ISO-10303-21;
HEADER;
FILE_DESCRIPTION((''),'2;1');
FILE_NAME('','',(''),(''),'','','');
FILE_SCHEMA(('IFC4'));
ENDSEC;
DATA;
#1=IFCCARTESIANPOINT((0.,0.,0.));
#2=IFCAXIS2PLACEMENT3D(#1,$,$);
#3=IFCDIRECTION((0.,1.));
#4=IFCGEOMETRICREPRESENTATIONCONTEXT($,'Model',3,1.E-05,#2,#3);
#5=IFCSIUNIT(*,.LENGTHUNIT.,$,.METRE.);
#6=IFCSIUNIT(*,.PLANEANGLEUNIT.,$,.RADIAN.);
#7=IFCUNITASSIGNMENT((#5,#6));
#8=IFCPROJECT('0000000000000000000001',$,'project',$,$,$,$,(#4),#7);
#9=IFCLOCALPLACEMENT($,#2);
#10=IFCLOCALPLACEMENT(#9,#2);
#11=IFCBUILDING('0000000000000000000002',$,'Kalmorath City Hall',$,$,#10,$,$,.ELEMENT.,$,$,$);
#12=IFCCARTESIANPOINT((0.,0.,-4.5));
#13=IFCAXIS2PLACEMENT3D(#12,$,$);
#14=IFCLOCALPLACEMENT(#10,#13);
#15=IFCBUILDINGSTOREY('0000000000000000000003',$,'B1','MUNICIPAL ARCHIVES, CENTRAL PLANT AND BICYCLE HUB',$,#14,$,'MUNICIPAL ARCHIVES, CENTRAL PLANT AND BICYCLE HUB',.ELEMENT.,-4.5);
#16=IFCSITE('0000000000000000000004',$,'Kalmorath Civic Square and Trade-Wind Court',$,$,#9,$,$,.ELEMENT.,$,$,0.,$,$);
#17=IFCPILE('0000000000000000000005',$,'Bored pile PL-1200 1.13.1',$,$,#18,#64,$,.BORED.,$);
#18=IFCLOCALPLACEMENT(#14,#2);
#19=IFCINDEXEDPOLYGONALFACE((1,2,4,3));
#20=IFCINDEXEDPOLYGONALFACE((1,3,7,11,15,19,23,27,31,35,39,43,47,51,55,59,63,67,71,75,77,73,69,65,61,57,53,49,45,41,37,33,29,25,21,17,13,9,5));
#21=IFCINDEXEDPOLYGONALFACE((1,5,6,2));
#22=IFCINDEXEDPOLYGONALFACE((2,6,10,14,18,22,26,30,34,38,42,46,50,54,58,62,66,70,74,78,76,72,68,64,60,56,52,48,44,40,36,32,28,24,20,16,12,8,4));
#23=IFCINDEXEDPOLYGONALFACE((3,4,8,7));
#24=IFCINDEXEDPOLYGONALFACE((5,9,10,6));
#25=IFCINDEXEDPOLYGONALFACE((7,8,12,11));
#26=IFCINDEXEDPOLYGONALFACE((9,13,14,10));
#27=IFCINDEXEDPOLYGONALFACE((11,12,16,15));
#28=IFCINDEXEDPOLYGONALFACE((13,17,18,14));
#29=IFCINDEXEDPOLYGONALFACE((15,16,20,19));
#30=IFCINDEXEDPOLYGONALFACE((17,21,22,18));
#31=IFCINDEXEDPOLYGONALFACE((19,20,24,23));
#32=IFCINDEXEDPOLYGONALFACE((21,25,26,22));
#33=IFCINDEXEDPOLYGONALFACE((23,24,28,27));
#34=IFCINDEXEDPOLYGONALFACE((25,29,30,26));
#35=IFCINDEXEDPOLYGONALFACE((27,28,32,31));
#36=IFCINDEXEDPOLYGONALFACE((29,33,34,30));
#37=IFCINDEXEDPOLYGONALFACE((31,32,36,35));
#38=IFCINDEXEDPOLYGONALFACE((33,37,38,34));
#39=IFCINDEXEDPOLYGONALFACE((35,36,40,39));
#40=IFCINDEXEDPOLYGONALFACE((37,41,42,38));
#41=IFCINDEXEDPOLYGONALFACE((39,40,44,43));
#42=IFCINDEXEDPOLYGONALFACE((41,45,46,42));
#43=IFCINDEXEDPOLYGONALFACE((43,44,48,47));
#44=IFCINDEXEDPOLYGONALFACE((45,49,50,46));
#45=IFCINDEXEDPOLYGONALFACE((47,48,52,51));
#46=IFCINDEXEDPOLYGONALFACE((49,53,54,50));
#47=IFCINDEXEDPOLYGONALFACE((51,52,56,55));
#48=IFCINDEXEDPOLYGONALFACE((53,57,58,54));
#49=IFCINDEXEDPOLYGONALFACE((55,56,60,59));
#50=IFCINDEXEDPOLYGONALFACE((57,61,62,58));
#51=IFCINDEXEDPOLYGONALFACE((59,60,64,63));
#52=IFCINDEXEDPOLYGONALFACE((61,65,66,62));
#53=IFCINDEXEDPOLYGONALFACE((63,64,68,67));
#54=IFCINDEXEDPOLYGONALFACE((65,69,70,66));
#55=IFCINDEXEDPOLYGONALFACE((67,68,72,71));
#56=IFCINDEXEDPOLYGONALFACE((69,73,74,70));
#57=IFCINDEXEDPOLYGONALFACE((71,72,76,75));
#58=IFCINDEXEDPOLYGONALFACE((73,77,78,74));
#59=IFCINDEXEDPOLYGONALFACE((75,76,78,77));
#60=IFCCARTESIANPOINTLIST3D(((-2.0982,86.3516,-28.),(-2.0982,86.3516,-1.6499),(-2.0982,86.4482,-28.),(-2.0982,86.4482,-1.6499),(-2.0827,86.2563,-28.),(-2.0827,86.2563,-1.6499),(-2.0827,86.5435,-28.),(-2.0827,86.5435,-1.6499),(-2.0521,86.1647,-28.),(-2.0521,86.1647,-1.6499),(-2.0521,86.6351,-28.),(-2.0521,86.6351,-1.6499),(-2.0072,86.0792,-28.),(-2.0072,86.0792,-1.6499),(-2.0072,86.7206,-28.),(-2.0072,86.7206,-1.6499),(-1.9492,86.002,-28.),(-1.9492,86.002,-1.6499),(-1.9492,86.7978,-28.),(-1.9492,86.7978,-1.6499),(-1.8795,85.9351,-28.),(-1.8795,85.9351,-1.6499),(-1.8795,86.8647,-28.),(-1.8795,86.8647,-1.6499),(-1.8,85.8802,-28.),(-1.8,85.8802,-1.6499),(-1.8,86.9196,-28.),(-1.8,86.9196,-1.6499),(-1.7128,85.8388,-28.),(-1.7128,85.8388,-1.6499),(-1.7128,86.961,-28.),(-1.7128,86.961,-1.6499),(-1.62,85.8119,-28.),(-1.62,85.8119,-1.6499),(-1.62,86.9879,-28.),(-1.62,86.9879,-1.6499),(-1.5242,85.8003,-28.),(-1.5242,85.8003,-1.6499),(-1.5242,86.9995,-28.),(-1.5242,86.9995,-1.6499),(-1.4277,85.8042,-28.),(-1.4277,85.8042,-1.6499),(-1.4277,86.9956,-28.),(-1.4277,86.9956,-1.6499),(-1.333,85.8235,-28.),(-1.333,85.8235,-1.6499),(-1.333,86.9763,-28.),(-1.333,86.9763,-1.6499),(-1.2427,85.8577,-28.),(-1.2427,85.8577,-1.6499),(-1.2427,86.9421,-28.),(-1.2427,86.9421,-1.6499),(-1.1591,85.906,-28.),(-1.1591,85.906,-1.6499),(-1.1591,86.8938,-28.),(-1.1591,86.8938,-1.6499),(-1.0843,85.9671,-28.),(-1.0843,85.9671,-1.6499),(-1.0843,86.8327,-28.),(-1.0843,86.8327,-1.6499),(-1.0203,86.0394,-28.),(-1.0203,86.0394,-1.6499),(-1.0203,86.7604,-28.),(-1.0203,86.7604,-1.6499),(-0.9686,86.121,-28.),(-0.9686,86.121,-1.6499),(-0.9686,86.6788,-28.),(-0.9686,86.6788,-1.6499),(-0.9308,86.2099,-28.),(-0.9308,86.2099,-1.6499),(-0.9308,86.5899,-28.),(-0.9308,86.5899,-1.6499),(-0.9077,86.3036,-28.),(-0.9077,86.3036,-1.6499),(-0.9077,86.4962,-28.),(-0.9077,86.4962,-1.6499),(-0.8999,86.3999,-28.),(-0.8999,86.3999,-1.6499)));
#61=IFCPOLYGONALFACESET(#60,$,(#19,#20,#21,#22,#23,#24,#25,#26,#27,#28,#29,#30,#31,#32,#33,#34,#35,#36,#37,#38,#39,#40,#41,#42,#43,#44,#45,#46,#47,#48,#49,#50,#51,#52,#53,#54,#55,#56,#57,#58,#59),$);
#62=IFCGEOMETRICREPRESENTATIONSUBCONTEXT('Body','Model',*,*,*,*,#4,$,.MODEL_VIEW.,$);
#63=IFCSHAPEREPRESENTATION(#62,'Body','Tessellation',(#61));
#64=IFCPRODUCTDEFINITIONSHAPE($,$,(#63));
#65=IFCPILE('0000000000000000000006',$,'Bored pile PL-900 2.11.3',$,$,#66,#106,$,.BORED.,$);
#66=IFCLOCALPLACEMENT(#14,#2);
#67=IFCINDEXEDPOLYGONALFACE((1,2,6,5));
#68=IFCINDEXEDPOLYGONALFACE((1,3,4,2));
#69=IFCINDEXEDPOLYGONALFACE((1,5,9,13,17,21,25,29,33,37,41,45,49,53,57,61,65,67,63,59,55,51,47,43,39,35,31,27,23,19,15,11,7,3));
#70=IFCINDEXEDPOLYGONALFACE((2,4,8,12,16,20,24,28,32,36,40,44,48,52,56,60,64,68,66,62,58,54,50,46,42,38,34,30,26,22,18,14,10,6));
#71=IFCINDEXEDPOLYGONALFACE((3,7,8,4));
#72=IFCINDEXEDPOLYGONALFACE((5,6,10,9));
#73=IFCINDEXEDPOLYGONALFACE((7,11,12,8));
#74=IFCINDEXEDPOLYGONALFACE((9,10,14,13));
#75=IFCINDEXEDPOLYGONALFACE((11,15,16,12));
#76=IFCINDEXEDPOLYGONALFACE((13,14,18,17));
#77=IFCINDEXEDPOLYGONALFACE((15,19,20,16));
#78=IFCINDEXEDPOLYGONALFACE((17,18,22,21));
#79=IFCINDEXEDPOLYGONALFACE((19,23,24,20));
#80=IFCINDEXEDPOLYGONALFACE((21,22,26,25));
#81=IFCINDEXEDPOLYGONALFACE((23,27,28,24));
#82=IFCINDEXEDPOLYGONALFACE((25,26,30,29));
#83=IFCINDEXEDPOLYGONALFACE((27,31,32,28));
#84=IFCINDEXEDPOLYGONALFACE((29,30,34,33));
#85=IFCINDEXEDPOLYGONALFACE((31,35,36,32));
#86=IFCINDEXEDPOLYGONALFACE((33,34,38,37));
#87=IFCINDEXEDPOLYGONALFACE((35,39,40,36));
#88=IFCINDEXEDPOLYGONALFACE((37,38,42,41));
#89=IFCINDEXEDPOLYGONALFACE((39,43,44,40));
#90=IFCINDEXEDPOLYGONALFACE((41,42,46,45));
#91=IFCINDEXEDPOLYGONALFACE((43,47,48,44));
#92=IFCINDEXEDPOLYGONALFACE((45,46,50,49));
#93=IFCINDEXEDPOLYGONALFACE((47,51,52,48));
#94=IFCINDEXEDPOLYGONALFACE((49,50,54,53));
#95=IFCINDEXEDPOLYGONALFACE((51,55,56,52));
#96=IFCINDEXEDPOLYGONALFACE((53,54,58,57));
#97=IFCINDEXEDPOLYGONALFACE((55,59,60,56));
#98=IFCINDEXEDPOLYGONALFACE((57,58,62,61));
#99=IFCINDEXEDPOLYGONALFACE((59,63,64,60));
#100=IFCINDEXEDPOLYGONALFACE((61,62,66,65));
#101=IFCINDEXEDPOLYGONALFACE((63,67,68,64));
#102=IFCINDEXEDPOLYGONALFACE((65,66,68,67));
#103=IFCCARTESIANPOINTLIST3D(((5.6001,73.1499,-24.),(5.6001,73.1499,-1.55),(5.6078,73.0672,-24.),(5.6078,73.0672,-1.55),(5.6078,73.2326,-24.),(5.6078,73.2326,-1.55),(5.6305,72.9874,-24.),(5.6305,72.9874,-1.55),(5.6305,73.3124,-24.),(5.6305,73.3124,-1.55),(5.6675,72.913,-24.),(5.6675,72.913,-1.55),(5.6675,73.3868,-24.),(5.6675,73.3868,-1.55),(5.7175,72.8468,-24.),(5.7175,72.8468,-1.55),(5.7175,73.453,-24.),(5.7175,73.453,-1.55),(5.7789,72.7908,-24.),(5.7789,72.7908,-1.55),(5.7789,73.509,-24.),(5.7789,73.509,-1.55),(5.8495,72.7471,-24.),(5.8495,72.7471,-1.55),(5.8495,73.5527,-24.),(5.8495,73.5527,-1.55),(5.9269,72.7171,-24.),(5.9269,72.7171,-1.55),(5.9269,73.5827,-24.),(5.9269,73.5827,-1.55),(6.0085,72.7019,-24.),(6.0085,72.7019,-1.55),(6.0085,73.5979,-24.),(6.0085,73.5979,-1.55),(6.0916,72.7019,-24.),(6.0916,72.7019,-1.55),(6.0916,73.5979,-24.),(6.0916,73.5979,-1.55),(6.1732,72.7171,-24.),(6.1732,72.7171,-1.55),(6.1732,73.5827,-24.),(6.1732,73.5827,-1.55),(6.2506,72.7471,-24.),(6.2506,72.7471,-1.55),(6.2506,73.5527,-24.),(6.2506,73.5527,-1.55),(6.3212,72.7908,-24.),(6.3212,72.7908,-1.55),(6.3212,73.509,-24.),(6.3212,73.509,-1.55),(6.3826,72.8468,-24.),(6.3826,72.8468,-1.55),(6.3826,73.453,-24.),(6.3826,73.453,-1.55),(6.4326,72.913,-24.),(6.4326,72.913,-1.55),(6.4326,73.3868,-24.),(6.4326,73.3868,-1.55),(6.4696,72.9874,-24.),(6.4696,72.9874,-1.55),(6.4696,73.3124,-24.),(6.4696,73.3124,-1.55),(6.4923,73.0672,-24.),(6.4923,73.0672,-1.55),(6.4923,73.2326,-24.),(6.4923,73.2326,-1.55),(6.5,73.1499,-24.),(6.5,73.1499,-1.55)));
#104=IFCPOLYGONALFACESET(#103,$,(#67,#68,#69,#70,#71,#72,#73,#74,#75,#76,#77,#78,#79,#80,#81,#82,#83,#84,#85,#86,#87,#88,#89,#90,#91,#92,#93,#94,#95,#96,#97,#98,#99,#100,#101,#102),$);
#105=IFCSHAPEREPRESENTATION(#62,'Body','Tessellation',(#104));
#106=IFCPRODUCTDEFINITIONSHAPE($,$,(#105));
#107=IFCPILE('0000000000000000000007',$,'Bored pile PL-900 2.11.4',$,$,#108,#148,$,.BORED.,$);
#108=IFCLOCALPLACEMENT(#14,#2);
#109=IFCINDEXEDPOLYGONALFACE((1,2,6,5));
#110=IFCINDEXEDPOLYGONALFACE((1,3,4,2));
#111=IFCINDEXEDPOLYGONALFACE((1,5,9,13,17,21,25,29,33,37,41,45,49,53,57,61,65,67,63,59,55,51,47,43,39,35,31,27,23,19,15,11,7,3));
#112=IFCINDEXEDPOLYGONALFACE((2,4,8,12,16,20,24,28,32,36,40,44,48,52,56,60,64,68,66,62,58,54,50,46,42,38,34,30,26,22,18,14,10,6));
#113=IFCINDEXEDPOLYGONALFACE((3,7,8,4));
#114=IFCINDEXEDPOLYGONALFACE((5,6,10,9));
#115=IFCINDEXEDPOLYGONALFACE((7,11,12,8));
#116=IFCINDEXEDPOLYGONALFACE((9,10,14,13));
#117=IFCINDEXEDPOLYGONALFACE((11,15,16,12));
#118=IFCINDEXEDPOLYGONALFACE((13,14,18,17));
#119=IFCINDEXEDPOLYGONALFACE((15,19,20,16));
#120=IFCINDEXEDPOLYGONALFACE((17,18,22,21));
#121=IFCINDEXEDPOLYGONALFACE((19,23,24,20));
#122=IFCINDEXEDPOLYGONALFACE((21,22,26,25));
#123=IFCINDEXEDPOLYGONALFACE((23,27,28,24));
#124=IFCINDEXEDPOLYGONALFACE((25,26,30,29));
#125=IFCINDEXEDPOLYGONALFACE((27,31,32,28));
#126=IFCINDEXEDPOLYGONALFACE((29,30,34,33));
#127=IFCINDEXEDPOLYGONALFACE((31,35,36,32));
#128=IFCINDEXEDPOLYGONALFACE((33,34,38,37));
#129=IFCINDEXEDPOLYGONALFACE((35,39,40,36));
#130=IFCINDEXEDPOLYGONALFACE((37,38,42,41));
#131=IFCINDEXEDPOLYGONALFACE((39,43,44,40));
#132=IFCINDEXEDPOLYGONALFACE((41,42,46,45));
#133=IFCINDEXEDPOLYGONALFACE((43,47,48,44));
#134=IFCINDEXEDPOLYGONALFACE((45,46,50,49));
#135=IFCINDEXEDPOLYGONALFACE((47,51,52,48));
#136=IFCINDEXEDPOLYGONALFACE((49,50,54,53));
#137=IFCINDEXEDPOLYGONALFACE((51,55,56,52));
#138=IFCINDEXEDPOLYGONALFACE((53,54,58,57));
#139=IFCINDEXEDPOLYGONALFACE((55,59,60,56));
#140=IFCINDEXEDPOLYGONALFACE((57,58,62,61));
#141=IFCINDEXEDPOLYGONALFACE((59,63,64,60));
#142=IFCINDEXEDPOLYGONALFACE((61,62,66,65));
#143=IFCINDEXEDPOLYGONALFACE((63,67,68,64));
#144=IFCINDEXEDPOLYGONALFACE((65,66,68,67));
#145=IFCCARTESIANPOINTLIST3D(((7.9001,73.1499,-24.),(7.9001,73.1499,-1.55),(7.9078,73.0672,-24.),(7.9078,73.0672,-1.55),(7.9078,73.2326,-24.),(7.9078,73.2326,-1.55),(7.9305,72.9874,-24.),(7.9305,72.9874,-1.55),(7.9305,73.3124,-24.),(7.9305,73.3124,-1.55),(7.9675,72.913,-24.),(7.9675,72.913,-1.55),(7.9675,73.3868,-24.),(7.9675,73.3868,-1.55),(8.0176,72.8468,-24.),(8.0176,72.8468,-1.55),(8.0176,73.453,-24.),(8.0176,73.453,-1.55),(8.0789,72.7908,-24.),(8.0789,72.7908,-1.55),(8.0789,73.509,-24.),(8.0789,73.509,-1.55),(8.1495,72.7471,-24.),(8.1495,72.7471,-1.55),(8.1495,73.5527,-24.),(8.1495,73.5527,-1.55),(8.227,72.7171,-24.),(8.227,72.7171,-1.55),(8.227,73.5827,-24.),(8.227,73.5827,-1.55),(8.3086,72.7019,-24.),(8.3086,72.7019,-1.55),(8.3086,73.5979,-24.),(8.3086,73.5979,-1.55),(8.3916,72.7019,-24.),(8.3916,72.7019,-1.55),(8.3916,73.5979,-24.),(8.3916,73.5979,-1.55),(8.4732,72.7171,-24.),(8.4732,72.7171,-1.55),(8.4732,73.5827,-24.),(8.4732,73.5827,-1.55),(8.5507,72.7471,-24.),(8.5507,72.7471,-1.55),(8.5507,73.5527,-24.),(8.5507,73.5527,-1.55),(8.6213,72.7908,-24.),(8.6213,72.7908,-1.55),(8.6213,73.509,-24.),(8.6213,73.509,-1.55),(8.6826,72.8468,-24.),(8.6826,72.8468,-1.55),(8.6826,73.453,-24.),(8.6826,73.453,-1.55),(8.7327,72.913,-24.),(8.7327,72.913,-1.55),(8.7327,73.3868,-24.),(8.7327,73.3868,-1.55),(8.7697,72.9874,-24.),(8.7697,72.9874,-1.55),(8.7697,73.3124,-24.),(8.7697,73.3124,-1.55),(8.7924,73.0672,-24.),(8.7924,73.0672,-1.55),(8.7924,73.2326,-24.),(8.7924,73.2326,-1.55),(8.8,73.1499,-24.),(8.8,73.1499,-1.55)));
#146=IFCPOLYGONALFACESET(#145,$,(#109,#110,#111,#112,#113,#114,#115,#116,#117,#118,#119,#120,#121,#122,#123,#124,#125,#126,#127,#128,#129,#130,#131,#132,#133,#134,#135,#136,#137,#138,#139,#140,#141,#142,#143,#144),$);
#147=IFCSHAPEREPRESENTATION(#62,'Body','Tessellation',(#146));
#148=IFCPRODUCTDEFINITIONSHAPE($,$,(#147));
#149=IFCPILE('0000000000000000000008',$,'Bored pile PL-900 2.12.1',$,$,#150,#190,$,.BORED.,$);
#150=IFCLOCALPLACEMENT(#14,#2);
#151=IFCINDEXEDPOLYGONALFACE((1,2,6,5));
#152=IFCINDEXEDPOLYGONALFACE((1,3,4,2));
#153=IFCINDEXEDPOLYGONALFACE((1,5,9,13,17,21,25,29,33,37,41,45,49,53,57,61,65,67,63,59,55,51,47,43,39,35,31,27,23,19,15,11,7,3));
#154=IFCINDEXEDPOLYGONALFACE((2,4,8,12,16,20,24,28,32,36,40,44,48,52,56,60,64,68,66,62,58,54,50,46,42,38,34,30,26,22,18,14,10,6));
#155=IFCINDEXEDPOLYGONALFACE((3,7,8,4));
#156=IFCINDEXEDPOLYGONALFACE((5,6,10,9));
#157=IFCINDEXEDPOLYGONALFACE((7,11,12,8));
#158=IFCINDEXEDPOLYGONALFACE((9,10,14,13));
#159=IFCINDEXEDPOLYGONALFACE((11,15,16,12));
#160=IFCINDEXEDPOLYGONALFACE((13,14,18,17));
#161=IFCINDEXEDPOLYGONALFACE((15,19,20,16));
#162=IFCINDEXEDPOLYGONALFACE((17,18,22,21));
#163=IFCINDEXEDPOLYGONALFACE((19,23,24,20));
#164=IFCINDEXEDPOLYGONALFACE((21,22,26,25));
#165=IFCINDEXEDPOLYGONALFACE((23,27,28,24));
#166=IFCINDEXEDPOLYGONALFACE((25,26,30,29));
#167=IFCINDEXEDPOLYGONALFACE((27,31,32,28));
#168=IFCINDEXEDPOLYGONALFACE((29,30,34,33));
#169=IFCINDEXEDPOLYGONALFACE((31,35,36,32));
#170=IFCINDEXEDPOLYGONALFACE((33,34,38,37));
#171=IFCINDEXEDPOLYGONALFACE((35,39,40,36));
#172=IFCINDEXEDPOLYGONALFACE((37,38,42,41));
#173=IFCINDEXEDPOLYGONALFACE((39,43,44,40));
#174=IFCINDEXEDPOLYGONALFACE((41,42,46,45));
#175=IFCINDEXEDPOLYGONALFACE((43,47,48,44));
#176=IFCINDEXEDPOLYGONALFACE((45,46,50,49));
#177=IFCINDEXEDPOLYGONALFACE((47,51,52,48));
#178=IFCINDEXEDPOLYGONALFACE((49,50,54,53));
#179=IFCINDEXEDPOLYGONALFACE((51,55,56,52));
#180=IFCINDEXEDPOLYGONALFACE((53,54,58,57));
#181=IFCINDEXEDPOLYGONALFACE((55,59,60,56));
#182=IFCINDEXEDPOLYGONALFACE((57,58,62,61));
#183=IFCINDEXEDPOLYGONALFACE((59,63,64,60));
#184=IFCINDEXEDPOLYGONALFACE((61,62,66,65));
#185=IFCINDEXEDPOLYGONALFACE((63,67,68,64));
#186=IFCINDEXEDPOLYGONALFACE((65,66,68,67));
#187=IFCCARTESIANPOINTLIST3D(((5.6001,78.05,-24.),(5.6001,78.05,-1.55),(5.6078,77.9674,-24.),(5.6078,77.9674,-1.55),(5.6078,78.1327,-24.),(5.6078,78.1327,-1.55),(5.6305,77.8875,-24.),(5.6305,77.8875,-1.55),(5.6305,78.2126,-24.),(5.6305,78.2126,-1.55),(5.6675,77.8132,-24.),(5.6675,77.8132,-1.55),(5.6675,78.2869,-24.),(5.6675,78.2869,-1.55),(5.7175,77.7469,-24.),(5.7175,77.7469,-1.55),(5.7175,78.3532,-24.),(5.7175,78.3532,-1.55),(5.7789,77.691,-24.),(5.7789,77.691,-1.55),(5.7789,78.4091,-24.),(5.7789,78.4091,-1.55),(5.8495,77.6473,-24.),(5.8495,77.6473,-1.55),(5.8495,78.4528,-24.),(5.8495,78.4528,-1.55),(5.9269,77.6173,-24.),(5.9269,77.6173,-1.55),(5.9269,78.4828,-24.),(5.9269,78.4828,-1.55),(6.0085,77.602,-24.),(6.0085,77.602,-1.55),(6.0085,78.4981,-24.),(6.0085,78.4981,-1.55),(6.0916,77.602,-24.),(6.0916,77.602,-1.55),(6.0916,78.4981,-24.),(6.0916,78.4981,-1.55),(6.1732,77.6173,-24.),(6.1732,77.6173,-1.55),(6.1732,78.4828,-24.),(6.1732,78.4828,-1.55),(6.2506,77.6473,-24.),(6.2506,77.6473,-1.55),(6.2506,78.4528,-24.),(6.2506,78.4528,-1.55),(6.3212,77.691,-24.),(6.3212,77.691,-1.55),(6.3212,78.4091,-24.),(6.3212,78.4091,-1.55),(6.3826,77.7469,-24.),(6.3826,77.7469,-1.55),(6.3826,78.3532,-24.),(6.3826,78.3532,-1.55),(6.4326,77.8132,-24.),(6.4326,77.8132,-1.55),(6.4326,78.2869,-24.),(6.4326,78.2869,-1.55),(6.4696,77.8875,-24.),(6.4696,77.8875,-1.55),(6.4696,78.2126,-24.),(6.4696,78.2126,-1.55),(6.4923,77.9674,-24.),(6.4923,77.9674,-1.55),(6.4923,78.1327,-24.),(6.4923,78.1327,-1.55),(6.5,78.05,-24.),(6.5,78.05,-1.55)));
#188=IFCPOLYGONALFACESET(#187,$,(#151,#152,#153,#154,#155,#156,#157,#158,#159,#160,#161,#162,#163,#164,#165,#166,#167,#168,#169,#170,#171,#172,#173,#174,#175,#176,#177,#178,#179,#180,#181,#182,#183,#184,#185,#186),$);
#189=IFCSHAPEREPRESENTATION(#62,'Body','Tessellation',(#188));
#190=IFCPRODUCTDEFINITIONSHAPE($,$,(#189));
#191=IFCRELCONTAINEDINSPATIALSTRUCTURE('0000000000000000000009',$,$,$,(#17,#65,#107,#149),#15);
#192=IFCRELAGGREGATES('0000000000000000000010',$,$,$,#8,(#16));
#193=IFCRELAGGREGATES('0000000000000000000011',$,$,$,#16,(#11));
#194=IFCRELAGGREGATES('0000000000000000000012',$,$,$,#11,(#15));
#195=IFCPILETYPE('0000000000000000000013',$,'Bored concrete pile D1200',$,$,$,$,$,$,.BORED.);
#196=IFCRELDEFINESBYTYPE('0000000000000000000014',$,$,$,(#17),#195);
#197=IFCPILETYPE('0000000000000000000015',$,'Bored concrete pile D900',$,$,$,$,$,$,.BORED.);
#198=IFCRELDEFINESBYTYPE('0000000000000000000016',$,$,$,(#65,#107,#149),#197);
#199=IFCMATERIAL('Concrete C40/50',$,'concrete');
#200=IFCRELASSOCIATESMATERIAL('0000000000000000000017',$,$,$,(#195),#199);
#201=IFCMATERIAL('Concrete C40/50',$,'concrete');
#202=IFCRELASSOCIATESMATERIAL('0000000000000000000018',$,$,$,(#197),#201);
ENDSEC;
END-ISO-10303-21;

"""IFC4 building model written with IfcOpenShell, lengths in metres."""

from ifc_helpers import new_model, si_unit, direction, frame, origin, origin_2d, place, context, subcontext, project, spatial, circle, extrude, material, material_profile, profile_set, type_object, element, save


model = new_model("IFC4")

# Units and contexts
model_context = context("Model", 3, precision=1e-05, world=origin(), true_north=direction((0.0, 1.0)))
body_context = subcontext(model_context, "Body", "Model", "MODEL_VIEW")
ifc_project = project(units=[si_unit("LENGTHUNIT", "METRE"), si_unit("PLANEANGLEUNIT", "RADIAN")], contexts=[model_context])

# Site, building, storey
site_placement = place(None, origin())
site = spatial("IfcSite", under=ifc_project, at=site_placement, Name="Kalmorath Civic Square and Trade-Wind Court", CompositionType="ELEMENT", RefElevation=0.0)
building_placement = place(site_placement, origin())
building = spatial("IfcBuilding", under=site, at=building_placement, Name="Kalmorath City Hall", CompositionType="ELEMENT")
storey_placement = place(building_placement, frame((0.0, 0.0, -4.5)))
storey = spatial("IfcBuildingStorey", under=building, at=storey_placement, Name="B1", Description="MUNICIPAL ARCHIVES, CENTRAL PLANT AND BICYCLE HUB", LongName="MUNICIPAL ARCHIVES, CENTRAL PLANT AND BICYCLE HUB", CompositionType="ELEMENT", Elevation=-4.5)

# Piles
ifc_material_1 = material(Name="Concrete C40/50", Category="concrete")
ifc_material_profile_1 = material_profile(ifc_material_1, circle(Radius=0.6001, at=origin_2d()), Name="PILE-D1200")
ifc_profile_set_1 = profile_set([ifc_material_profile_1], Name="Concrete C40/50")
pile_type_1 = type_object("IfcPileType", Name="Bored concrete pile D1200", PredefinedType="BORED", material=ifc_profile_set_1)
for number, where, z_axis, x_axis, name in (
    (1, (-1.5, 86.3999, -1.6499), (0.0, 0.0, -1.0), (1.0, 0.0, 0.0), "Bored pile PL-1200 1.13.1"),
):
    element("IfcPile", number, at=place(storey_placement, frame(where, z_axis=z_axis, x_axis=x_axis)), inside=storey, type_object=pile_type_1, Name=name, PredefinedType="BORED", context=body_context, shape_type="SweptSolid", body=[
        extrude(circle(Radius=0.6001, at=origin_2d()), origin(), (0.0, 0.0, 1.0), 26.3501),
    ])
ifc_material_2 = material(Name="Concrete C40/50", Category="concrete")
ifc_material_profile_2 = material_profile(ifc_material_2, circle(Radius=0.45, at=origin_2d()), Name="PILE-D900")
ifc_profile_set_2 = profile_set([ifc_material_profile_2], Name="Concrete C40/50")
pile_type_2 = type_object("IfcPileType", Name="Bored concrete pile D900", PredefinedType="BORED", material=ifc_profile_set_2)
for number, where, z_axis, x_axis, name in (
    (2, (6.05, 73.1499, -1.55), (0.0, 0.0, -1.0), (1.0, 0.0, 0.0), "Bored pile PL-900 2.11.3"),
    (3, (8.3501, 73.1499, -1.55), (0.0, 0.0, -1.0), (1.0, 0.0, 0.0), "Bored pile PL-900 2.11.4"),
    (4, (6.05, 78.05, -1.55), (0.0, 0.0, -1.0), (1.0, 0.0, 0.0), "Bored pile PL-900 2.12.1"),
):
    element("IfcPile", number, at=place(storey_placement, frame(where, z_axis=z_axis, x_axis=x_axis)), inside=storey, type_object=pile_type_2, Name=name, PredefinedType="BORED", context=body_context, shape_type="SweptSolid", body=[
        extrude(circle(Radius=0.45, at=origin_2d()), origin(), (0.0, 0.0, 1.0), 22.45),
    ])

save(model, "model.ifc")
